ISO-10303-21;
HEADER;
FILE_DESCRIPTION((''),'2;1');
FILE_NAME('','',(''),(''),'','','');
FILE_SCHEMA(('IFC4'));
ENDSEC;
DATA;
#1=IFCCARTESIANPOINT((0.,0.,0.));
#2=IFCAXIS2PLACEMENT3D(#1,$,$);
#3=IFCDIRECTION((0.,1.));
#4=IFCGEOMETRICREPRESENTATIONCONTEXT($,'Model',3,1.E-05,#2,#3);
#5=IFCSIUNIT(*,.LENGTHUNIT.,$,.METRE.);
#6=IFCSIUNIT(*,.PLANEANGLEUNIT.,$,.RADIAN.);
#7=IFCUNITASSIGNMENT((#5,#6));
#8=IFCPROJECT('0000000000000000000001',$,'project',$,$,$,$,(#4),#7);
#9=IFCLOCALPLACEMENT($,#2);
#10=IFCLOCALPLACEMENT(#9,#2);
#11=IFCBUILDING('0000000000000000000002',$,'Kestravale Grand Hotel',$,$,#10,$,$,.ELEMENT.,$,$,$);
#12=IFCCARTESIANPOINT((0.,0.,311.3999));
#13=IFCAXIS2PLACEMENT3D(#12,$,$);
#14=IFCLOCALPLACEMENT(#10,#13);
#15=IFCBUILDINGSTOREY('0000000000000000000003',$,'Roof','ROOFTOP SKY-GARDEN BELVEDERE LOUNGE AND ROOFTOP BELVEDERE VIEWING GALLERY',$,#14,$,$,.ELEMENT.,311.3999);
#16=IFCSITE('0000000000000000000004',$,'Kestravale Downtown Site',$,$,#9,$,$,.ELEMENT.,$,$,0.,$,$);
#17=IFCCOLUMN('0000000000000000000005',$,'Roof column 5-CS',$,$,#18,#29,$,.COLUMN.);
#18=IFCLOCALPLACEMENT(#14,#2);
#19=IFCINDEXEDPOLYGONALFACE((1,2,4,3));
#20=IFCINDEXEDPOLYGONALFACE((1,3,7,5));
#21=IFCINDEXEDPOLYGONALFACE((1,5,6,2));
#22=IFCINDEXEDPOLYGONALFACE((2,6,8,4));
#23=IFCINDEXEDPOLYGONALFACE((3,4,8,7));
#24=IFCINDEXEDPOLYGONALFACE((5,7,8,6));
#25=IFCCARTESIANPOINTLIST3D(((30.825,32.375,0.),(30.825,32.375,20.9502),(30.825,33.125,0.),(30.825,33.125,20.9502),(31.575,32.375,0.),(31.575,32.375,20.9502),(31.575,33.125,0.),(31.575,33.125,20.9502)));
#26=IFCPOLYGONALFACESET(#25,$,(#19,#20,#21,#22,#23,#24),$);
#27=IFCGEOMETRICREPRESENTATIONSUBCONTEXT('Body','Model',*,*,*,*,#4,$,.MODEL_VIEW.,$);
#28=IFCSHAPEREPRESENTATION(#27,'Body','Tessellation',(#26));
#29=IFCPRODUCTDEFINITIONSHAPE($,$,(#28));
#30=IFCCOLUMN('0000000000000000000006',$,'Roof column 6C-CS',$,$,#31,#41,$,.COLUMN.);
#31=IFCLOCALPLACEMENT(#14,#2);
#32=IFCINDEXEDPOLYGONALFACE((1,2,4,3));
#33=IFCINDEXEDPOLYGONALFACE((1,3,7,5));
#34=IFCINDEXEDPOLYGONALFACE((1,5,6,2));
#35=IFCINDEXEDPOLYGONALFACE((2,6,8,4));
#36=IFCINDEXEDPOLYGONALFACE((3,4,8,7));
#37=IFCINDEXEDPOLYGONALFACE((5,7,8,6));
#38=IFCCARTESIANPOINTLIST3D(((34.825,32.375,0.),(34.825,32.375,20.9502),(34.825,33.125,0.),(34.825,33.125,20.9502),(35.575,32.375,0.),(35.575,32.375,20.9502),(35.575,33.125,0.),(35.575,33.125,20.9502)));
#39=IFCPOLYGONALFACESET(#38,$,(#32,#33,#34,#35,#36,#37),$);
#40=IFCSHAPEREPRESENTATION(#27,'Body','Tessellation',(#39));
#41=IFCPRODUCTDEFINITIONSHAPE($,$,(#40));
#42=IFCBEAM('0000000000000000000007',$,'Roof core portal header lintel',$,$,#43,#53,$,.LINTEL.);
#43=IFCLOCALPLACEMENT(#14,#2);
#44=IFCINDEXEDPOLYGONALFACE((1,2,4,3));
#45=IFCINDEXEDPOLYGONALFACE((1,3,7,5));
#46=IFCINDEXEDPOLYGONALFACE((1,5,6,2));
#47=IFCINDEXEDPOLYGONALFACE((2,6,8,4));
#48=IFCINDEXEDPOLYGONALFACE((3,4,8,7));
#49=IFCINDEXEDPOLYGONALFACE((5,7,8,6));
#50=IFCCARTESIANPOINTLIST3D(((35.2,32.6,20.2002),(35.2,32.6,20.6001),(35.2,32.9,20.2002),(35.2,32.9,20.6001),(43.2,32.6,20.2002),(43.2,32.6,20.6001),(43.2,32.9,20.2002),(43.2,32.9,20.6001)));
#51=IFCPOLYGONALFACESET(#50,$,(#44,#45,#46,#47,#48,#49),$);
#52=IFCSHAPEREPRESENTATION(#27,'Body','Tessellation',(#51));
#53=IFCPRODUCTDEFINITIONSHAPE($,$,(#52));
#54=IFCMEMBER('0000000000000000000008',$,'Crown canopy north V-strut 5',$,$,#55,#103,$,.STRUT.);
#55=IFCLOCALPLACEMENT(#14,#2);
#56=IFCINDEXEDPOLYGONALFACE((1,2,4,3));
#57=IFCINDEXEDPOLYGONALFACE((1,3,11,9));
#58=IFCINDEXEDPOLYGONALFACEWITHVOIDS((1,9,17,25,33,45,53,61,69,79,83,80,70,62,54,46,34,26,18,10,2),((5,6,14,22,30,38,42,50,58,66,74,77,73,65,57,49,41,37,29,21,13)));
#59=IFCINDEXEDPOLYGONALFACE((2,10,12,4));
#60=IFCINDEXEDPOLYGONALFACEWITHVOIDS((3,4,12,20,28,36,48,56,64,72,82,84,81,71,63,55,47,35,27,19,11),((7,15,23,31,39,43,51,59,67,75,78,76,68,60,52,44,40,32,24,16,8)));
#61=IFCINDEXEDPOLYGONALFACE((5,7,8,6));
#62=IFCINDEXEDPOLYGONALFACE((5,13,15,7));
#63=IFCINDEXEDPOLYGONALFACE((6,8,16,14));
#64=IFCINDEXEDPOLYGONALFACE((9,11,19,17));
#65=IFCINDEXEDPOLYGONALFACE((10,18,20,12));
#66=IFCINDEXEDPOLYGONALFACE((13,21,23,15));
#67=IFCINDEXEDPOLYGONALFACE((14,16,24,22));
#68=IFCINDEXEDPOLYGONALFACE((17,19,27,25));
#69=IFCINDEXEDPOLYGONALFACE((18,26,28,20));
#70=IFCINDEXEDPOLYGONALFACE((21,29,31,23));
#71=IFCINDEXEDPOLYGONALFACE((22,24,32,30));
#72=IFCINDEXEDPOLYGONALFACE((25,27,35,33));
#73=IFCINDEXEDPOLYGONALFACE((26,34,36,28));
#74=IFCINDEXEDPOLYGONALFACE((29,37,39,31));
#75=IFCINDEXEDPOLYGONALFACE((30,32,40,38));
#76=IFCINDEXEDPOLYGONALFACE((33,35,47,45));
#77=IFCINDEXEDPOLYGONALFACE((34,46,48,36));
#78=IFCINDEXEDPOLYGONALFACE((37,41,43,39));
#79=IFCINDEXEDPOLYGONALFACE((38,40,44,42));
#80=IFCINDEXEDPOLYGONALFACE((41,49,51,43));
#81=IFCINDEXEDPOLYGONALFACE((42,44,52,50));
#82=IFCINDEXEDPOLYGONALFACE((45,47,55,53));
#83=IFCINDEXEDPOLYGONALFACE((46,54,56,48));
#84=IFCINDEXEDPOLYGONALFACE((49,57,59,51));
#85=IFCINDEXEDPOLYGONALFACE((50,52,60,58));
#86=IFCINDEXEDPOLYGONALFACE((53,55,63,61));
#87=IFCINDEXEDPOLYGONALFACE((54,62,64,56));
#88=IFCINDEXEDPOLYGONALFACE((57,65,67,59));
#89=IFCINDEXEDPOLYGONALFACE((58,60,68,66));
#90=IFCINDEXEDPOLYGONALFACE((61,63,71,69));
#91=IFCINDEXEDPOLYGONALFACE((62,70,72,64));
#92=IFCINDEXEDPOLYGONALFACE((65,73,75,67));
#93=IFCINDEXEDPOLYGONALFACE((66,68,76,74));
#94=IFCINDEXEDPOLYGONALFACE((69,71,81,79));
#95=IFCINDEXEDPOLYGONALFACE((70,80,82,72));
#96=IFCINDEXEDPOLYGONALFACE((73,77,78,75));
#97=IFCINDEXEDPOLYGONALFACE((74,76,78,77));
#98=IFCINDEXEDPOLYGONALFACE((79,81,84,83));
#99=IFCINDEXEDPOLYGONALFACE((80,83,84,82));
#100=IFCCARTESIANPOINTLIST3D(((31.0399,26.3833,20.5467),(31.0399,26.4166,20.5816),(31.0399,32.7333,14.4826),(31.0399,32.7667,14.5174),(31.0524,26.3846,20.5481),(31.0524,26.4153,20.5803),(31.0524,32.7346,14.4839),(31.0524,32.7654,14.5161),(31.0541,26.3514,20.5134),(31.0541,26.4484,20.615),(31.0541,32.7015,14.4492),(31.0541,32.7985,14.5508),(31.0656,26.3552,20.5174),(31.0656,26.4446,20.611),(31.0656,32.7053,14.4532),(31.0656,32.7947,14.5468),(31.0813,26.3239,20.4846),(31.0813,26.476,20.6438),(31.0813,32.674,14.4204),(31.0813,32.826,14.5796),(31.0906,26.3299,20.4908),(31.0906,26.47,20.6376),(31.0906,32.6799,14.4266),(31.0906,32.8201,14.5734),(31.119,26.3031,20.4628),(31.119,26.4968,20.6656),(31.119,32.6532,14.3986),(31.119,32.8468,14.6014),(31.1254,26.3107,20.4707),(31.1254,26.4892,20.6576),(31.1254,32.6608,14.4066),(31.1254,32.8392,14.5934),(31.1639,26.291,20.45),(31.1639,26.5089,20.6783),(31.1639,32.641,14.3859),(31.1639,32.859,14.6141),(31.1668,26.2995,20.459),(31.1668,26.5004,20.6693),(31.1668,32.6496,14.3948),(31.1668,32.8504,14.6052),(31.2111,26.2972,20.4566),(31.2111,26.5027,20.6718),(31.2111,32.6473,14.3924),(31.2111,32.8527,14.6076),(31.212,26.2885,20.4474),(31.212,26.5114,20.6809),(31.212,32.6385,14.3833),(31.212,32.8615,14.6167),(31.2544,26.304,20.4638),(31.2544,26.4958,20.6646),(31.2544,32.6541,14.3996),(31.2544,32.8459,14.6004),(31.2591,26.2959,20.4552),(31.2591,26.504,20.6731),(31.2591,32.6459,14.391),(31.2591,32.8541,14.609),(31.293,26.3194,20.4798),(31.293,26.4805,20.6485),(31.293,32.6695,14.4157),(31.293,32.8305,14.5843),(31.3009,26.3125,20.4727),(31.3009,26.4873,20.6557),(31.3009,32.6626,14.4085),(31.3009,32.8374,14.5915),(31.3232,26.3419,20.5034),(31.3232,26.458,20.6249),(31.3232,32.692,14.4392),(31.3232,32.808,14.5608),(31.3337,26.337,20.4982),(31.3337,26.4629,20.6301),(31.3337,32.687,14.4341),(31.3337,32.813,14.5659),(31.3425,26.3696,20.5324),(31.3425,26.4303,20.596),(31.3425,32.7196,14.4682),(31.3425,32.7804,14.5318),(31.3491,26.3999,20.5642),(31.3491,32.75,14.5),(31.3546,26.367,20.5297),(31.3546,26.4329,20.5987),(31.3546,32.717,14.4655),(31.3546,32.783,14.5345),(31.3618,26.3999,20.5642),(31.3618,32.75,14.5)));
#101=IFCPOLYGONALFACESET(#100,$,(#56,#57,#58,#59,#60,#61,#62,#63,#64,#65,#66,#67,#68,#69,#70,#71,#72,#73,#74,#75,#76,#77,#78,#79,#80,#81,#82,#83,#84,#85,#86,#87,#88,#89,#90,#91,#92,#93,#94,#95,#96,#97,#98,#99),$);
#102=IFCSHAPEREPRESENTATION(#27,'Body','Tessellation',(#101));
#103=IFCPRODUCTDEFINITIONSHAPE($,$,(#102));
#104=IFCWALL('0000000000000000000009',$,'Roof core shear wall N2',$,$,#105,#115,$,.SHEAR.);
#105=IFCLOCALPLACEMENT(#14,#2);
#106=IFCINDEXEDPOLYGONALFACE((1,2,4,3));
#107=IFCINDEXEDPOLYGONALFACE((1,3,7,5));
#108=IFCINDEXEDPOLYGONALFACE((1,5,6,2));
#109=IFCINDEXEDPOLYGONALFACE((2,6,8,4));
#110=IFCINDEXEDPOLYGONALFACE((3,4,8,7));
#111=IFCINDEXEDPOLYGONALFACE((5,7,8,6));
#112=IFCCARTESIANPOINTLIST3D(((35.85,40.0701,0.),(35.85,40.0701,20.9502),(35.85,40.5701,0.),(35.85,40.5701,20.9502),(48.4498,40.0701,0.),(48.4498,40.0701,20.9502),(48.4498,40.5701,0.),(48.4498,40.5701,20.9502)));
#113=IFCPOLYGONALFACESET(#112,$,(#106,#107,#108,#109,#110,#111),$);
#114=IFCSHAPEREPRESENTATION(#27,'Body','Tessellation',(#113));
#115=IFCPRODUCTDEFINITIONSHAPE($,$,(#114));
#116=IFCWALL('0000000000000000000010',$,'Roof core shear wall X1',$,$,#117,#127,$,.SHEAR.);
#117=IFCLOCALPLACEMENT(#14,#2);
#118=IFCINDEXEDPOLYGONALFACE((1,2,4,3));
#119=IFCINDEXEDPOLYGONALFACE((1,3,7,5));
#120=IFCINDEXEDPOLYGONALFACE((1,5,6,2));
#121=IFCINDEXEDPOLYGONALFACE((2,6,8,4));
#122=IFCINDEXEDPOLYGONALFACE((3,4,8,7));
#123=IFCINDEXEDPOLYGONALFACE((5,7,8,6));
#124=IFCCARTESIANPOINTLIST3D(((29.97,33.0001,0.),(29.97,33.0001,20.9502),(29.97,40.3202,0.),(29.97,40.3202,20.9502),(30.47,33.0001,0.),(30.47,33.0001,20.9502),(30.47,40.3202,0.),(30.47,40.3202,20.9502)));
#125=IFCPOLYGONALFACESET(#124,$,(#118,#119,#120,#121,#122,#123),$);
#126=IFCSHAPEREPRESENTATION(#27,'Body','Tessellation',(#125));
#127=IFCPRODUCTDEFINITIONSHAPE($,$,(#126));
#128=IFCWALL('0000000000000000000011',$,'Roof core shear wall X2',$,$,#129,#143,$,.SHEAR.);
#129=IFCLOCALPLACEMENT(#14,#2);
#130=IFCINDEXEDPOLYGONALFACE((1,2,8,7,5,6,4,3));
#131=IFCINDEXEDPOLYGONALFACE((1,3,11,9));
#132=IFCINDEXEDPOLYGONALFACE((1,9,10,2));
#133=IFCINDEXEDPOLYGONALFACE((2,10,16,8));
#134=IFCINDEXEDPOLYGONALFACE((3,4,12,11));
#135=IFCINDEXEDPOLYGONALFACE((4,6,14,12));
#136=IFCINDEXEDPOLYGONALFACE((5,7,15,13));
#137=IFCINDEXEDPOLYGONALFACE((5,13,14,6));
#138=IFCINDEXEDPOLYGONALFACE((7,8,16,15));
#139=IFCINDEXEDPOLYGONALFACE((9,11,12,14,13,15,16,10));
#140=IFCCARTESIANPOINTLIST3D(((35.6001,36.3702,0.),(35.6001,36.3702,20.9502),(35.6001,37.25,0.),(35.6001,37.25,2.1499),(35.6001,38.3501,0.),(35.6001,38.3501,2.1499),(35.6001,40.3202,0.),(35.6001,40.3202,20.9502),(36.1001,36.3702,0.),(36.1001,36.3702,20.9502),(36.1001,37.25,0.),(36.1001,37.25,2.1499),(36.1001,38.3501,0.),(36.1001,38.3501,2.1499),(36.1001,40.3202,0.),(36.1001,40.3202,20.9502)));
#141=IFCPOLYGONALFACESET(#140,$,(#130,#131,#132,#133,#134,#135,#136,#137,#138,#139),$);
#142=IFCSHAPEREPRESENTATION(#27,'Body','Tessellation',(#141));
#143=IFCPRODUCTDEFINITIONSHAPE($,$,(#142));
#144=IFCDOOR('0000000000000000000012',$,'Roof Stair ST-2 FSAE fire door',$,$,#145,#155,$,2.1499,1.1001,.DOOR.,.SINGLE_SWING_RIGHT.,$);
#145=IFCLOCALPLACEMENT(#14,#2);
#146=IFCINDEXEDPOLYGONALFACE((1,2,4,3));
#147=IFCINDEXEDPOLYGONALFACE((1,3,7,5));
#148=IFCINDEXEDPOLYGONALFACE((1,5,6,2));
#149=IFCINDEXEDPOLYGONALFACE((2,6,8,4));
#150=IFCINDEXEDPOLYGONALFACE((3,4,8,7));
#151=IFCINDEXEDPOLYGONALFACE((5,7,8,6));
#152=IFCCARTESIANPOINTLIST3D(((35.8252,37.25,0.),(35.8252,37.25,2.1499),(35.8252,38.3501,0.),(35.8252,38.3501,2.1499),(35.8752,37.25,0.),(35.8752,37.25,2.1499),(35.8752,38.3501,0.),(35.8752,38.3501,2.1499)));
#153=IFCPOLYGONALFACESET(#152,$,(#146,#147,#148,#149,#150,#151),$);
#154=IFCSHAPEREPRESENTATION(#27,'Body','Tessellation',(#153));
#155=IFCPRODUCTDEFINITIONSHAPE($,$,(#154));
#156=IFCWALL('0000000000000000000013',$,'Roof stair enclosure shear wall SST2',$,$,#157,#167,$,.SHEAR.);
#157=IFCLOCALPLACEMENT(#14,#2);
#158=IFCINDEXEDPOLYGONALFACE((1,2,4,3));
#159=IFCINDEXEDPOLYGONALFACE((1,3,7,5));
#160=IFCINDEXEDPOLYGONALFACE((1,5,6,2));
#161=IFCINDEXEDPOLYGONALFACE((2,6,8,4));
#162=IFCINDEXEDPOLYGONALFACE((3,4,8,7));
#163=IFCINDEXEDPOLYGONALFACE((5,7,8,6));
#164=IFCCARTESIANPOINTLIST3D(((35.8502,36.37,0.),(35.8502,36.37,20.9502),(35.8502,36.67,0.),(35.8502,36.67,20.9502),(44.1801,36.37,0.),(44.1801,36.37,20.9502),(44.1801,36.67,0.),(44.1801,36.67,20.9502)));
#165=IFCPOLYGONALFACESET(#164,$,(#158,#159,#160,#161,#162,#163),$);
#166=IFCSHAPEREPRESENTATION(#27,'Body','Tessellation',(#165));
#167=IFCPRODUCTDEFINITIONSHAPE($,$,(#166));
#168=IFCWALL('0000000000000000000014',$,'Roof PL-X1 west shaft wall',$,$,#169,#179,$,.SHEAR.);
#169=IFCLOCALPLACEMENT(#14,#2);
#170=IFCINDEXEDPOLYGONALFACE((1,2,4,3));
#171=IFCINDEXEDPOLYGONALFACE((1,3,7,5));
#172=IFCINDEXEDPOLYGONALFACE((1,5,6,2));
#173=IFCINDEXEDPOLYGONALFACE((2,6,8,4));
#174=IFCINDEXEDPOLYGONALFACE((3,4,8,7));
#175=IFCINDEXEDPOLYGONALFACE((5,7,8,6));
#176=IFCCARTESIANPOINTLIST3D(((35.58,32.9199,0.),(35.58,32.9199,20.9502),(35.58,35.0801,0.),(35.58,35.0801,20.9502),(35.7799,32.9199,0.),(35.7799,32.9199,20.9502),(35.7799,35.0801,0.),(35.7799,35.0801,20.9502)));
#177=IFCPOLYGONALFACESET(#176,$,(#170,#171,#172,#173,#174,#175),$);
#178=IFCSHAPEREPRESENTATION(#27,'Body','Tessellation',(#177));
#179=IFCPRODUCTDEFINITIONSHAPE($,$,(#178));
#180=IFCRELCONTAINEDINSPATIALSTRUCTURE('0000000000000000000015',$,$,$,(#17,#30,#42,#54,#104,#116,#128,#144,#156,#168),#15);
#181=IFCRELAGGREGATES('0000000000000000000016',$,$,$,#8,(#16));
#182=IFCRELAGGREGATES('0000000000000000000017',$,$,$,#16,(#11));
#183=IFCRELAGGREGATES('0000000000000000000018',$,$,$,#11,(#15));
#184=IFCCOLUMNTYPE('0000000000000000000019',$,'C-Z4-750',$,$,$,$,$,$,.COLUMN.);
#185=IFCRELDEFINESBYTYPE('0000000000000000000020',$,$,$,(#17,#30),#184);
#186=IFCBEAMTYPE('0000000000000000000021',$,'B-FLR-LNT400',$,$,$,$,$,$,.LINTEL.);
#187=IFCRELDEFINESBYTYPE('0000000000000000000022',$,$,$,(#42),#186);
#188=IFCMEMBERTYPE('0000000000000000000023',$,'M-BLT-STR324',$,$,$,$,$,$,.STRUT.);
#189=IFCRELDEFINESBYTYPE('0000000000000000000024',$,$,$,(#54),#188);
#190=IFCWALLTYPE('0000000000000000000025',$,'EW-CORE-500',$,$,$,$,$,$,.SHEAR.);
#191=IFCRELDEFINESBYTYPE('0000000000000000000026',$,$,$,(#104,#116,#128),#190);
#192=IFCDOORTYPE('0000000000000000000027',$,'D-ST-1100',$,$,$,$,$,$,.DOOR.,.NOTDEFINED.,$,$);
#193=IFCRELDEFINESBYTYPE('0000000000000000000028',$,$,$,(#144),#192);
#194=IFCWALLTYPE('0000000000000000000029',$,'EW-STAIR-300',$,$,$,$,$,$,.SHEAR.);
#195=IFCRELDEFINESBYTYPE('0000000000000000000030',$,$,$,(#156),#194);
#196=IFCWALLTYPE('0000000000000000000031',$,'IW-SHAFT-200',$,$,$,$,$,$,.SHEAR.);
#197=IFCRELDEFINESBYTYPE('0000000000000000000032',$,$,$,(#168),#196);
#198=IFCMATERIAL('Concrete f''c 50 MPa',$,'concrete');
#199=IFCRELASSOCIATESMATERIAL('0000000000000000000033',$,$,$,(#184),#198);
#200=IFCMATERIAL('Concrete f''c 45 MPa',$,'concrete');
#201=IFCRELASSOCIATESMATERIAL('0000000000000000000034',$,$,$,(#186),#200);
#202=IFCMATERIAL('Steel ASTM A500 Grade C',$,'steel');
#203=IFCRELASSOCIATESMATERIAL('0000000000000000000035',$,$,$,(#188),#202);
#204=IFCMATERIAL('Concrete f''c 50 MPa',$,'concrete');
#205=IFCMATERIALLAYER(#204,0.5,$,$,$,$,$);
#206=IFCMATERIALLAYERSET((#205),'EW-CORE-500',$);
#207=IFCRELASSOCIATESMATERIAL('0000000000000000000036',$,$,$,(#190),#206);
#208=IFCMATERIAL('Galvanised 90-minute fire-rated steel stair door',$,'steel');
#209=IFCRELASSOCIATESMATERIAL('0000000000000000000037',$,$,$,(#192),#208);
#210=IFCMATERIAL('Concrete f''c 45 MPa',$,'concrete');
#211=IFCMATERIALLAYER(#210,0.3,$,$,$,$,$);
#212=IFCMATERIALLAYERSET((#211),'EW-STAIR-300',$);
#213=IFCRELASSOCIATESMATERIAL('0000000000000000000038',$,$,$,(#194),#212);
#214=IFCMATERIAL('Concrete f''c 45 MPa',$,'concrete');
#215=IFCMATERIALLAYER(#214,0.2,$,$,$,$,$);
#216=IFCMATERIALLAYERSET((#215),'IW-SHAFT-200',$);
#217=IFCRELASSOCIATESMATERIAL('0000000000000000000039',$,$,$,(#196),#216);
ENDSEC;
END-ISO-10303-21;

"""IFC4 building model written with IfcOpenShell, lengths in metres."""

from ifc_helpers import new_model, si_unit, direction, frame, frame_2d, origin, origin_2d, place, context, subcontext, project, spatial, rectangle, hollow_circle, extrude, material, layer, layer_set, material_profile, profile_set, type_object, element, fill, save


model = new_model("IFC4")

# Units and contexts
model_context = context("Model", 3, precision=1e-05, world=origin(), true_north=direction((0.0, 1.0)))
body_context = subcontext(model_context, "Body", "Model", "MODEL_VIEW")
ifc_project = project(units=[si_unit("LENGTHUNIT", "METRE"), si_unit("PLANEANGLEUNIT", "RADIAN")], contexts=[model_context])

# Site, building, storey
site_placement = place(None, origin())
site = spatial("IfcSite", under=ifc_project, at=site_placement, Name="Kestravale Downtown Site", CompositionType="ELEMENT", RefElevation=0.0)
building_placement = place(site_placement, origin())
building = spatial("IfcBuilding", under=site, at=building_placement, Name="Kestravale Grand Hotel", CompositionType="ELEMENT")
storey_placement = place(building_placement, frame((0.0, 0.0, 311.3999)))
storey = spatial("IfcBuildingStorey", under=building, at=storey_placement, Name="Roof", Description="ROOFTOP SKY-GARDEN BELVEDERE LOUNGE AND ROOFTOP BELVEDERE VIEWING GALLERY", CompositionType="ELEMENT", Elevation=311.3999)

# Columns
ifc_material_1 = material(Name="Concrete f'c 50 MPa", Category="concrete")
ifc_material_profile_1 = material_profile(ifc_material_1, rectangle(XDim=0.75, YDim=0.75, at=origin_2d()))
ifc_profile_set_1 = profile_set([ifc_material_profile_1], Name="Concrete f'c 50 MPa")
column_type = type_object("IfcColumnType", Name="C-Z4-750", PredefinedType="COLUMN", material=ifc_profile_set_1)
for number, where, z_axis, x_axis, name in (
    (1, (31.2, 32.75, 0.0), (0.0, 0.0, 1.0), (1.0, 0.0, 0.0), "Roof column 5-CS"),
    (2, (35.2, 32.75, 0.0), (0.0, 0.0, 1.0), (1.0, 0.0, 0.0), "Roof column 6C-CS"),
):
    element("IfcColumn", number, at=place(storey_placement, frame(where, z_axis=z_axis, x_axis=x_axis)), inside=storey, type_object=column_type, Name=name, PredefinedType="COLUMN", context=body_context, shape_type="SweptSolid", body=[
        extrude(rectangle(XDim=0.75, YDim=0.75, at=origin_2d()), origin(), (0.0, 0.0, 1.0), 20.9502),
    ])

# Beam
ifc_material_2 = material(Name="Concrete f'c 45 MPa", Category="concrete")
ifc_material_profile_2 = material_profile(ifc_material_2, rectangle(XDim=0.3, YDim=0.3999, at=origin_2d()))
ifc_profile_set_2 = profile_set([ifc_material_profile_2], Name="Concrete f'c 45 MPa")
beam_type = type_object("IfcBeamType", Name="B-FLR-LNT400", PredefinedType="LINTEL", material=ifc_profile_set_2)
beam_placement = place(storey_placement, frame((35.2, 32.75, 20.4001), z_axis=(1.0, 0.0, 0.0), x_axis=(0.0, 1.0, 0.0)))
element("IfcBeam", 3, at=beam_placement, inside=storey, type_object=beam_type, Name="Roof core portal header lintel", PredefinedType="LINTEL", context=body_context, shape_type="SweptSolid", body=[
    extrude(rectangle(XDim=0.3, YDim=0.3999, at=origin_2d()), origin(), (0.0, 0.0, 1.0), 8.0),
])

# Member
ifc_material_3 = material(Name="Steel ASTM A500 Grade C", Category="steel")
ifc_material_profile_3 = material_profile(ifc_material_3, hollow_circle(Radius=0.1619, WallThickness=0.0127, at=origin_2d()))
ifc_profile_set_3 = profile_set([ifc_material_profile_3], Name="Steel ASTM A500 Grade C")
member_type = type_object("IfcMemberType", Name="M-BLT-STR324", PredefinedType="STRUT", material=ifc_profile_set_3)
member_placement = place(storey_placement, frame((31.2, 32.75, 14.5), z_axis=(0.0, -0.723199, 0.69064), x_axis=(1.0, 0.0, 0.0)))
element("IfcMember", 4, at=member_placement, inside=storey, type_object=member_type, Name="Crown canopy north V-strut 5", PredefinedType="STRUT", context=body_context, shape_type="SweptSolid", body=[
    extrude(hollow_circle(Radius=0.1619, WallThickness=0.0127, at=origin_2d()), origin(), (0.0, 0.0, 1.0), 8.7805),
])

# Walls
ifc_material_4 = material(Name="Concrete f'c 50 MPa", Category="concrete")
ifc_layer_1 = layer(ifc_material_4, 0.5)
ifc_layer_set_1 = layer_set([ifc_layer_1], Name="EW-CORE-500")
wall_type_1 = type_object("IfcWallType", Name="EW-CORE-500", PredefinedType="SHEAR", material=ifc_layer_set_1)
wall_1_placement = place(storey_placement, frame((35.8501, 40.3201, 0.0), z_axis=(0.0, 0.0, 1.0), x_axis=(1.0, 0.0, 0.0)))
element("IfcWall", 5, at=wall_1_placement, inside=storey, type_object=wall_type_1, Name="Roof core shear wall N2", PredefinedType="SHEAR", context=body_context, shape_type="SweptSolid", body=[
    extrude(rectangle(XDim=12.5999, YDim=0.5, at=frame_2d((6.2998, 0.0))), origin(), (0.0, 0.0, 1.0), 20.9502),
])
wall_2_placement = place(storey_placement, frame((30.22, 33.0, 0.0), z_axis=(0.0, 0.0, 1.0), x_axis=(0.0, 1.0, 0.0)))
element("IfcWall", 6, at=wall_2_placement, inside=storey, type_object=wall_type_1, Name="Roof core shear wall X1", PredefinedType="SHEAR", context=body_context, shape_type="SweptSolid", body=[
    extrude(rectangle(XDim=7.3201, YDim=0.5, at=frame_2d((3.6602, 0.0))), origin(), (0.0, 0.0, 1.0), 20.9502),
])

# Wall, opening, door
wall_3_placement = place(storey_placement, frame((35.8501, 36.3701, 0.0), z_axis=(0.0, 0.0, 1.0), x_axis=(0.0, 1.0, 0.0)))
wall_3 = element("IfcWall", 7, at=wall_3_placement, inside=storey, type_object=wall_type_1, Name="Roof core shear wall X2", PredefinedType="SHEAR", context=body_context, shape_type="SweptSolid", body=[
    extrude(rectangle(XDim=3.95, YDim=0.5, at=frame_2d((1.9751, 0.0))), origin(), (0.0, 0.0, 1.0), 20.9502),
])
opening_1_placement = place(wall_3_placement, frame((0.8799, 0.0, 0.0)))
opening_1 = element("IfcOpeningElement", 8, at=opening_1_placement, cuts=wall_3, PredefinedType="OPENING", context=body_context, shape_type="SweptSolid", body=[
    extrude(rectangle(XDim=1.1001, YDim=2.1499, at=frame_2d((0.55, 1.075))), frame((0.0, 0.26, 0.0), z_axis=(0.0, -1.0, 0.0), x_axis=(1.0, 0.0, 0.0)), (0.0, 0.0, 1.0), 0.52),
])
ifc_material_5 = material(Name="Galvanised 90-minute fire-rated steel stair door", Category="steel")
door_type_1 = type_object("IfcDoorType", Name="D-ST-1100", OperationType="NOTDEFINED", PredefinedType="DOOR", material=ifc_material_5)
door_1_placement = place(opening_1_placement, origin())
door_1 = element("IfcDoor", 9, at=door_1_placement, inside=storey, type_object=door_type_1, Name="Roof Stair ST-2 FSAE fire door", OperationType="SINGLE_SWING_RIGHT", OverallHeight=2.1499, OverallWidth=1.1001, PredefinedType="DOOR", context=body_context, shape_type="SweptSolid", body=[
    extrude(rectangle(XDim=1.1001, YDim=2.1499, at=frame_2d((0.55, 1.075))), frame((0.0, 0.0249, 0.0), z_axis=(0.0, -1.0, 0.0), x_axis=(1.0, 0.0, 0.0)), (0.0, 0.0, 1.0), 0.05),
])
fill(opening_1, door_1)

# Wall
ifc_material_6 = material(Name="Concrete f'c 45 MPa", Category="concrete")
ifc_layer_2 = layer(ifc_material_6, 0.3)
ifc_layer_set_2 = layer_set([ifc_layer_2], Name="EW-STAIR-300")
wall_type_2 = type_object("IfcWallType", Name="EW-STAIR-300", PredefinedType="SHEAR", material=ifc_layer_set_2)
wall_4_placement = place(storey_placement, frame((35.8501, 36.52, 0.0), z_axis=(0.0, 0.0, 1.0), x_axis=(1.0, 0.0, 0.0)))
element("IfcWall", 10, at=wall_4_placement, inside=storey, type_object=wall_type_2, Name="Roof stair enclosure shear wall SST2", PredefinedType="SHEAR", context=body_context, shape_type="SweptSolid", body=[
    extrude(rectangle(XDim=8.3298, YDim=0.3, at=frame_2d((4.165, 0.0))), origin(), (0.0, 0.0, 1.0), 20.9502),
])

# Wall
ifc_material_7 = material(Name="Concrete f'c 45 MPa", Category="concrete")
ifc_layer_3 = layer(ifc_material_7, 0.2)
ifc_layer_set_3 = layer_set([ifc_layer_3], Name="IW-SHAFT-200")
wall_type_3 = type_object("IfcWallType", Name="IW-SHAFT-200", PredefinedType="SHEAR", material=ifc_layer_set_3)
wall_5_placement = place(storey_placement, frame((35.6799, 32.9199, 0.0), z_axis=(0.0, 0.0, 1.0), x_axis=(0.0, 1.0, 0.0)))
element("IfcWall", 11, at=wall_5_placement, inside=storey, type_object=wall_type_3, Name="Roof PL-X1 west shaft wall", PredefinedType="SHEAR", context=body_context, shape_type="SweptSolid", body=[
    extrude(rectangle(XDim=2.1602, YDim=0.2, at=frame_2d((1.0801, 0.0))), origin(), (0.0, 0.0, 1.0), 20.9502),
])

save(model, "model.ifc")
